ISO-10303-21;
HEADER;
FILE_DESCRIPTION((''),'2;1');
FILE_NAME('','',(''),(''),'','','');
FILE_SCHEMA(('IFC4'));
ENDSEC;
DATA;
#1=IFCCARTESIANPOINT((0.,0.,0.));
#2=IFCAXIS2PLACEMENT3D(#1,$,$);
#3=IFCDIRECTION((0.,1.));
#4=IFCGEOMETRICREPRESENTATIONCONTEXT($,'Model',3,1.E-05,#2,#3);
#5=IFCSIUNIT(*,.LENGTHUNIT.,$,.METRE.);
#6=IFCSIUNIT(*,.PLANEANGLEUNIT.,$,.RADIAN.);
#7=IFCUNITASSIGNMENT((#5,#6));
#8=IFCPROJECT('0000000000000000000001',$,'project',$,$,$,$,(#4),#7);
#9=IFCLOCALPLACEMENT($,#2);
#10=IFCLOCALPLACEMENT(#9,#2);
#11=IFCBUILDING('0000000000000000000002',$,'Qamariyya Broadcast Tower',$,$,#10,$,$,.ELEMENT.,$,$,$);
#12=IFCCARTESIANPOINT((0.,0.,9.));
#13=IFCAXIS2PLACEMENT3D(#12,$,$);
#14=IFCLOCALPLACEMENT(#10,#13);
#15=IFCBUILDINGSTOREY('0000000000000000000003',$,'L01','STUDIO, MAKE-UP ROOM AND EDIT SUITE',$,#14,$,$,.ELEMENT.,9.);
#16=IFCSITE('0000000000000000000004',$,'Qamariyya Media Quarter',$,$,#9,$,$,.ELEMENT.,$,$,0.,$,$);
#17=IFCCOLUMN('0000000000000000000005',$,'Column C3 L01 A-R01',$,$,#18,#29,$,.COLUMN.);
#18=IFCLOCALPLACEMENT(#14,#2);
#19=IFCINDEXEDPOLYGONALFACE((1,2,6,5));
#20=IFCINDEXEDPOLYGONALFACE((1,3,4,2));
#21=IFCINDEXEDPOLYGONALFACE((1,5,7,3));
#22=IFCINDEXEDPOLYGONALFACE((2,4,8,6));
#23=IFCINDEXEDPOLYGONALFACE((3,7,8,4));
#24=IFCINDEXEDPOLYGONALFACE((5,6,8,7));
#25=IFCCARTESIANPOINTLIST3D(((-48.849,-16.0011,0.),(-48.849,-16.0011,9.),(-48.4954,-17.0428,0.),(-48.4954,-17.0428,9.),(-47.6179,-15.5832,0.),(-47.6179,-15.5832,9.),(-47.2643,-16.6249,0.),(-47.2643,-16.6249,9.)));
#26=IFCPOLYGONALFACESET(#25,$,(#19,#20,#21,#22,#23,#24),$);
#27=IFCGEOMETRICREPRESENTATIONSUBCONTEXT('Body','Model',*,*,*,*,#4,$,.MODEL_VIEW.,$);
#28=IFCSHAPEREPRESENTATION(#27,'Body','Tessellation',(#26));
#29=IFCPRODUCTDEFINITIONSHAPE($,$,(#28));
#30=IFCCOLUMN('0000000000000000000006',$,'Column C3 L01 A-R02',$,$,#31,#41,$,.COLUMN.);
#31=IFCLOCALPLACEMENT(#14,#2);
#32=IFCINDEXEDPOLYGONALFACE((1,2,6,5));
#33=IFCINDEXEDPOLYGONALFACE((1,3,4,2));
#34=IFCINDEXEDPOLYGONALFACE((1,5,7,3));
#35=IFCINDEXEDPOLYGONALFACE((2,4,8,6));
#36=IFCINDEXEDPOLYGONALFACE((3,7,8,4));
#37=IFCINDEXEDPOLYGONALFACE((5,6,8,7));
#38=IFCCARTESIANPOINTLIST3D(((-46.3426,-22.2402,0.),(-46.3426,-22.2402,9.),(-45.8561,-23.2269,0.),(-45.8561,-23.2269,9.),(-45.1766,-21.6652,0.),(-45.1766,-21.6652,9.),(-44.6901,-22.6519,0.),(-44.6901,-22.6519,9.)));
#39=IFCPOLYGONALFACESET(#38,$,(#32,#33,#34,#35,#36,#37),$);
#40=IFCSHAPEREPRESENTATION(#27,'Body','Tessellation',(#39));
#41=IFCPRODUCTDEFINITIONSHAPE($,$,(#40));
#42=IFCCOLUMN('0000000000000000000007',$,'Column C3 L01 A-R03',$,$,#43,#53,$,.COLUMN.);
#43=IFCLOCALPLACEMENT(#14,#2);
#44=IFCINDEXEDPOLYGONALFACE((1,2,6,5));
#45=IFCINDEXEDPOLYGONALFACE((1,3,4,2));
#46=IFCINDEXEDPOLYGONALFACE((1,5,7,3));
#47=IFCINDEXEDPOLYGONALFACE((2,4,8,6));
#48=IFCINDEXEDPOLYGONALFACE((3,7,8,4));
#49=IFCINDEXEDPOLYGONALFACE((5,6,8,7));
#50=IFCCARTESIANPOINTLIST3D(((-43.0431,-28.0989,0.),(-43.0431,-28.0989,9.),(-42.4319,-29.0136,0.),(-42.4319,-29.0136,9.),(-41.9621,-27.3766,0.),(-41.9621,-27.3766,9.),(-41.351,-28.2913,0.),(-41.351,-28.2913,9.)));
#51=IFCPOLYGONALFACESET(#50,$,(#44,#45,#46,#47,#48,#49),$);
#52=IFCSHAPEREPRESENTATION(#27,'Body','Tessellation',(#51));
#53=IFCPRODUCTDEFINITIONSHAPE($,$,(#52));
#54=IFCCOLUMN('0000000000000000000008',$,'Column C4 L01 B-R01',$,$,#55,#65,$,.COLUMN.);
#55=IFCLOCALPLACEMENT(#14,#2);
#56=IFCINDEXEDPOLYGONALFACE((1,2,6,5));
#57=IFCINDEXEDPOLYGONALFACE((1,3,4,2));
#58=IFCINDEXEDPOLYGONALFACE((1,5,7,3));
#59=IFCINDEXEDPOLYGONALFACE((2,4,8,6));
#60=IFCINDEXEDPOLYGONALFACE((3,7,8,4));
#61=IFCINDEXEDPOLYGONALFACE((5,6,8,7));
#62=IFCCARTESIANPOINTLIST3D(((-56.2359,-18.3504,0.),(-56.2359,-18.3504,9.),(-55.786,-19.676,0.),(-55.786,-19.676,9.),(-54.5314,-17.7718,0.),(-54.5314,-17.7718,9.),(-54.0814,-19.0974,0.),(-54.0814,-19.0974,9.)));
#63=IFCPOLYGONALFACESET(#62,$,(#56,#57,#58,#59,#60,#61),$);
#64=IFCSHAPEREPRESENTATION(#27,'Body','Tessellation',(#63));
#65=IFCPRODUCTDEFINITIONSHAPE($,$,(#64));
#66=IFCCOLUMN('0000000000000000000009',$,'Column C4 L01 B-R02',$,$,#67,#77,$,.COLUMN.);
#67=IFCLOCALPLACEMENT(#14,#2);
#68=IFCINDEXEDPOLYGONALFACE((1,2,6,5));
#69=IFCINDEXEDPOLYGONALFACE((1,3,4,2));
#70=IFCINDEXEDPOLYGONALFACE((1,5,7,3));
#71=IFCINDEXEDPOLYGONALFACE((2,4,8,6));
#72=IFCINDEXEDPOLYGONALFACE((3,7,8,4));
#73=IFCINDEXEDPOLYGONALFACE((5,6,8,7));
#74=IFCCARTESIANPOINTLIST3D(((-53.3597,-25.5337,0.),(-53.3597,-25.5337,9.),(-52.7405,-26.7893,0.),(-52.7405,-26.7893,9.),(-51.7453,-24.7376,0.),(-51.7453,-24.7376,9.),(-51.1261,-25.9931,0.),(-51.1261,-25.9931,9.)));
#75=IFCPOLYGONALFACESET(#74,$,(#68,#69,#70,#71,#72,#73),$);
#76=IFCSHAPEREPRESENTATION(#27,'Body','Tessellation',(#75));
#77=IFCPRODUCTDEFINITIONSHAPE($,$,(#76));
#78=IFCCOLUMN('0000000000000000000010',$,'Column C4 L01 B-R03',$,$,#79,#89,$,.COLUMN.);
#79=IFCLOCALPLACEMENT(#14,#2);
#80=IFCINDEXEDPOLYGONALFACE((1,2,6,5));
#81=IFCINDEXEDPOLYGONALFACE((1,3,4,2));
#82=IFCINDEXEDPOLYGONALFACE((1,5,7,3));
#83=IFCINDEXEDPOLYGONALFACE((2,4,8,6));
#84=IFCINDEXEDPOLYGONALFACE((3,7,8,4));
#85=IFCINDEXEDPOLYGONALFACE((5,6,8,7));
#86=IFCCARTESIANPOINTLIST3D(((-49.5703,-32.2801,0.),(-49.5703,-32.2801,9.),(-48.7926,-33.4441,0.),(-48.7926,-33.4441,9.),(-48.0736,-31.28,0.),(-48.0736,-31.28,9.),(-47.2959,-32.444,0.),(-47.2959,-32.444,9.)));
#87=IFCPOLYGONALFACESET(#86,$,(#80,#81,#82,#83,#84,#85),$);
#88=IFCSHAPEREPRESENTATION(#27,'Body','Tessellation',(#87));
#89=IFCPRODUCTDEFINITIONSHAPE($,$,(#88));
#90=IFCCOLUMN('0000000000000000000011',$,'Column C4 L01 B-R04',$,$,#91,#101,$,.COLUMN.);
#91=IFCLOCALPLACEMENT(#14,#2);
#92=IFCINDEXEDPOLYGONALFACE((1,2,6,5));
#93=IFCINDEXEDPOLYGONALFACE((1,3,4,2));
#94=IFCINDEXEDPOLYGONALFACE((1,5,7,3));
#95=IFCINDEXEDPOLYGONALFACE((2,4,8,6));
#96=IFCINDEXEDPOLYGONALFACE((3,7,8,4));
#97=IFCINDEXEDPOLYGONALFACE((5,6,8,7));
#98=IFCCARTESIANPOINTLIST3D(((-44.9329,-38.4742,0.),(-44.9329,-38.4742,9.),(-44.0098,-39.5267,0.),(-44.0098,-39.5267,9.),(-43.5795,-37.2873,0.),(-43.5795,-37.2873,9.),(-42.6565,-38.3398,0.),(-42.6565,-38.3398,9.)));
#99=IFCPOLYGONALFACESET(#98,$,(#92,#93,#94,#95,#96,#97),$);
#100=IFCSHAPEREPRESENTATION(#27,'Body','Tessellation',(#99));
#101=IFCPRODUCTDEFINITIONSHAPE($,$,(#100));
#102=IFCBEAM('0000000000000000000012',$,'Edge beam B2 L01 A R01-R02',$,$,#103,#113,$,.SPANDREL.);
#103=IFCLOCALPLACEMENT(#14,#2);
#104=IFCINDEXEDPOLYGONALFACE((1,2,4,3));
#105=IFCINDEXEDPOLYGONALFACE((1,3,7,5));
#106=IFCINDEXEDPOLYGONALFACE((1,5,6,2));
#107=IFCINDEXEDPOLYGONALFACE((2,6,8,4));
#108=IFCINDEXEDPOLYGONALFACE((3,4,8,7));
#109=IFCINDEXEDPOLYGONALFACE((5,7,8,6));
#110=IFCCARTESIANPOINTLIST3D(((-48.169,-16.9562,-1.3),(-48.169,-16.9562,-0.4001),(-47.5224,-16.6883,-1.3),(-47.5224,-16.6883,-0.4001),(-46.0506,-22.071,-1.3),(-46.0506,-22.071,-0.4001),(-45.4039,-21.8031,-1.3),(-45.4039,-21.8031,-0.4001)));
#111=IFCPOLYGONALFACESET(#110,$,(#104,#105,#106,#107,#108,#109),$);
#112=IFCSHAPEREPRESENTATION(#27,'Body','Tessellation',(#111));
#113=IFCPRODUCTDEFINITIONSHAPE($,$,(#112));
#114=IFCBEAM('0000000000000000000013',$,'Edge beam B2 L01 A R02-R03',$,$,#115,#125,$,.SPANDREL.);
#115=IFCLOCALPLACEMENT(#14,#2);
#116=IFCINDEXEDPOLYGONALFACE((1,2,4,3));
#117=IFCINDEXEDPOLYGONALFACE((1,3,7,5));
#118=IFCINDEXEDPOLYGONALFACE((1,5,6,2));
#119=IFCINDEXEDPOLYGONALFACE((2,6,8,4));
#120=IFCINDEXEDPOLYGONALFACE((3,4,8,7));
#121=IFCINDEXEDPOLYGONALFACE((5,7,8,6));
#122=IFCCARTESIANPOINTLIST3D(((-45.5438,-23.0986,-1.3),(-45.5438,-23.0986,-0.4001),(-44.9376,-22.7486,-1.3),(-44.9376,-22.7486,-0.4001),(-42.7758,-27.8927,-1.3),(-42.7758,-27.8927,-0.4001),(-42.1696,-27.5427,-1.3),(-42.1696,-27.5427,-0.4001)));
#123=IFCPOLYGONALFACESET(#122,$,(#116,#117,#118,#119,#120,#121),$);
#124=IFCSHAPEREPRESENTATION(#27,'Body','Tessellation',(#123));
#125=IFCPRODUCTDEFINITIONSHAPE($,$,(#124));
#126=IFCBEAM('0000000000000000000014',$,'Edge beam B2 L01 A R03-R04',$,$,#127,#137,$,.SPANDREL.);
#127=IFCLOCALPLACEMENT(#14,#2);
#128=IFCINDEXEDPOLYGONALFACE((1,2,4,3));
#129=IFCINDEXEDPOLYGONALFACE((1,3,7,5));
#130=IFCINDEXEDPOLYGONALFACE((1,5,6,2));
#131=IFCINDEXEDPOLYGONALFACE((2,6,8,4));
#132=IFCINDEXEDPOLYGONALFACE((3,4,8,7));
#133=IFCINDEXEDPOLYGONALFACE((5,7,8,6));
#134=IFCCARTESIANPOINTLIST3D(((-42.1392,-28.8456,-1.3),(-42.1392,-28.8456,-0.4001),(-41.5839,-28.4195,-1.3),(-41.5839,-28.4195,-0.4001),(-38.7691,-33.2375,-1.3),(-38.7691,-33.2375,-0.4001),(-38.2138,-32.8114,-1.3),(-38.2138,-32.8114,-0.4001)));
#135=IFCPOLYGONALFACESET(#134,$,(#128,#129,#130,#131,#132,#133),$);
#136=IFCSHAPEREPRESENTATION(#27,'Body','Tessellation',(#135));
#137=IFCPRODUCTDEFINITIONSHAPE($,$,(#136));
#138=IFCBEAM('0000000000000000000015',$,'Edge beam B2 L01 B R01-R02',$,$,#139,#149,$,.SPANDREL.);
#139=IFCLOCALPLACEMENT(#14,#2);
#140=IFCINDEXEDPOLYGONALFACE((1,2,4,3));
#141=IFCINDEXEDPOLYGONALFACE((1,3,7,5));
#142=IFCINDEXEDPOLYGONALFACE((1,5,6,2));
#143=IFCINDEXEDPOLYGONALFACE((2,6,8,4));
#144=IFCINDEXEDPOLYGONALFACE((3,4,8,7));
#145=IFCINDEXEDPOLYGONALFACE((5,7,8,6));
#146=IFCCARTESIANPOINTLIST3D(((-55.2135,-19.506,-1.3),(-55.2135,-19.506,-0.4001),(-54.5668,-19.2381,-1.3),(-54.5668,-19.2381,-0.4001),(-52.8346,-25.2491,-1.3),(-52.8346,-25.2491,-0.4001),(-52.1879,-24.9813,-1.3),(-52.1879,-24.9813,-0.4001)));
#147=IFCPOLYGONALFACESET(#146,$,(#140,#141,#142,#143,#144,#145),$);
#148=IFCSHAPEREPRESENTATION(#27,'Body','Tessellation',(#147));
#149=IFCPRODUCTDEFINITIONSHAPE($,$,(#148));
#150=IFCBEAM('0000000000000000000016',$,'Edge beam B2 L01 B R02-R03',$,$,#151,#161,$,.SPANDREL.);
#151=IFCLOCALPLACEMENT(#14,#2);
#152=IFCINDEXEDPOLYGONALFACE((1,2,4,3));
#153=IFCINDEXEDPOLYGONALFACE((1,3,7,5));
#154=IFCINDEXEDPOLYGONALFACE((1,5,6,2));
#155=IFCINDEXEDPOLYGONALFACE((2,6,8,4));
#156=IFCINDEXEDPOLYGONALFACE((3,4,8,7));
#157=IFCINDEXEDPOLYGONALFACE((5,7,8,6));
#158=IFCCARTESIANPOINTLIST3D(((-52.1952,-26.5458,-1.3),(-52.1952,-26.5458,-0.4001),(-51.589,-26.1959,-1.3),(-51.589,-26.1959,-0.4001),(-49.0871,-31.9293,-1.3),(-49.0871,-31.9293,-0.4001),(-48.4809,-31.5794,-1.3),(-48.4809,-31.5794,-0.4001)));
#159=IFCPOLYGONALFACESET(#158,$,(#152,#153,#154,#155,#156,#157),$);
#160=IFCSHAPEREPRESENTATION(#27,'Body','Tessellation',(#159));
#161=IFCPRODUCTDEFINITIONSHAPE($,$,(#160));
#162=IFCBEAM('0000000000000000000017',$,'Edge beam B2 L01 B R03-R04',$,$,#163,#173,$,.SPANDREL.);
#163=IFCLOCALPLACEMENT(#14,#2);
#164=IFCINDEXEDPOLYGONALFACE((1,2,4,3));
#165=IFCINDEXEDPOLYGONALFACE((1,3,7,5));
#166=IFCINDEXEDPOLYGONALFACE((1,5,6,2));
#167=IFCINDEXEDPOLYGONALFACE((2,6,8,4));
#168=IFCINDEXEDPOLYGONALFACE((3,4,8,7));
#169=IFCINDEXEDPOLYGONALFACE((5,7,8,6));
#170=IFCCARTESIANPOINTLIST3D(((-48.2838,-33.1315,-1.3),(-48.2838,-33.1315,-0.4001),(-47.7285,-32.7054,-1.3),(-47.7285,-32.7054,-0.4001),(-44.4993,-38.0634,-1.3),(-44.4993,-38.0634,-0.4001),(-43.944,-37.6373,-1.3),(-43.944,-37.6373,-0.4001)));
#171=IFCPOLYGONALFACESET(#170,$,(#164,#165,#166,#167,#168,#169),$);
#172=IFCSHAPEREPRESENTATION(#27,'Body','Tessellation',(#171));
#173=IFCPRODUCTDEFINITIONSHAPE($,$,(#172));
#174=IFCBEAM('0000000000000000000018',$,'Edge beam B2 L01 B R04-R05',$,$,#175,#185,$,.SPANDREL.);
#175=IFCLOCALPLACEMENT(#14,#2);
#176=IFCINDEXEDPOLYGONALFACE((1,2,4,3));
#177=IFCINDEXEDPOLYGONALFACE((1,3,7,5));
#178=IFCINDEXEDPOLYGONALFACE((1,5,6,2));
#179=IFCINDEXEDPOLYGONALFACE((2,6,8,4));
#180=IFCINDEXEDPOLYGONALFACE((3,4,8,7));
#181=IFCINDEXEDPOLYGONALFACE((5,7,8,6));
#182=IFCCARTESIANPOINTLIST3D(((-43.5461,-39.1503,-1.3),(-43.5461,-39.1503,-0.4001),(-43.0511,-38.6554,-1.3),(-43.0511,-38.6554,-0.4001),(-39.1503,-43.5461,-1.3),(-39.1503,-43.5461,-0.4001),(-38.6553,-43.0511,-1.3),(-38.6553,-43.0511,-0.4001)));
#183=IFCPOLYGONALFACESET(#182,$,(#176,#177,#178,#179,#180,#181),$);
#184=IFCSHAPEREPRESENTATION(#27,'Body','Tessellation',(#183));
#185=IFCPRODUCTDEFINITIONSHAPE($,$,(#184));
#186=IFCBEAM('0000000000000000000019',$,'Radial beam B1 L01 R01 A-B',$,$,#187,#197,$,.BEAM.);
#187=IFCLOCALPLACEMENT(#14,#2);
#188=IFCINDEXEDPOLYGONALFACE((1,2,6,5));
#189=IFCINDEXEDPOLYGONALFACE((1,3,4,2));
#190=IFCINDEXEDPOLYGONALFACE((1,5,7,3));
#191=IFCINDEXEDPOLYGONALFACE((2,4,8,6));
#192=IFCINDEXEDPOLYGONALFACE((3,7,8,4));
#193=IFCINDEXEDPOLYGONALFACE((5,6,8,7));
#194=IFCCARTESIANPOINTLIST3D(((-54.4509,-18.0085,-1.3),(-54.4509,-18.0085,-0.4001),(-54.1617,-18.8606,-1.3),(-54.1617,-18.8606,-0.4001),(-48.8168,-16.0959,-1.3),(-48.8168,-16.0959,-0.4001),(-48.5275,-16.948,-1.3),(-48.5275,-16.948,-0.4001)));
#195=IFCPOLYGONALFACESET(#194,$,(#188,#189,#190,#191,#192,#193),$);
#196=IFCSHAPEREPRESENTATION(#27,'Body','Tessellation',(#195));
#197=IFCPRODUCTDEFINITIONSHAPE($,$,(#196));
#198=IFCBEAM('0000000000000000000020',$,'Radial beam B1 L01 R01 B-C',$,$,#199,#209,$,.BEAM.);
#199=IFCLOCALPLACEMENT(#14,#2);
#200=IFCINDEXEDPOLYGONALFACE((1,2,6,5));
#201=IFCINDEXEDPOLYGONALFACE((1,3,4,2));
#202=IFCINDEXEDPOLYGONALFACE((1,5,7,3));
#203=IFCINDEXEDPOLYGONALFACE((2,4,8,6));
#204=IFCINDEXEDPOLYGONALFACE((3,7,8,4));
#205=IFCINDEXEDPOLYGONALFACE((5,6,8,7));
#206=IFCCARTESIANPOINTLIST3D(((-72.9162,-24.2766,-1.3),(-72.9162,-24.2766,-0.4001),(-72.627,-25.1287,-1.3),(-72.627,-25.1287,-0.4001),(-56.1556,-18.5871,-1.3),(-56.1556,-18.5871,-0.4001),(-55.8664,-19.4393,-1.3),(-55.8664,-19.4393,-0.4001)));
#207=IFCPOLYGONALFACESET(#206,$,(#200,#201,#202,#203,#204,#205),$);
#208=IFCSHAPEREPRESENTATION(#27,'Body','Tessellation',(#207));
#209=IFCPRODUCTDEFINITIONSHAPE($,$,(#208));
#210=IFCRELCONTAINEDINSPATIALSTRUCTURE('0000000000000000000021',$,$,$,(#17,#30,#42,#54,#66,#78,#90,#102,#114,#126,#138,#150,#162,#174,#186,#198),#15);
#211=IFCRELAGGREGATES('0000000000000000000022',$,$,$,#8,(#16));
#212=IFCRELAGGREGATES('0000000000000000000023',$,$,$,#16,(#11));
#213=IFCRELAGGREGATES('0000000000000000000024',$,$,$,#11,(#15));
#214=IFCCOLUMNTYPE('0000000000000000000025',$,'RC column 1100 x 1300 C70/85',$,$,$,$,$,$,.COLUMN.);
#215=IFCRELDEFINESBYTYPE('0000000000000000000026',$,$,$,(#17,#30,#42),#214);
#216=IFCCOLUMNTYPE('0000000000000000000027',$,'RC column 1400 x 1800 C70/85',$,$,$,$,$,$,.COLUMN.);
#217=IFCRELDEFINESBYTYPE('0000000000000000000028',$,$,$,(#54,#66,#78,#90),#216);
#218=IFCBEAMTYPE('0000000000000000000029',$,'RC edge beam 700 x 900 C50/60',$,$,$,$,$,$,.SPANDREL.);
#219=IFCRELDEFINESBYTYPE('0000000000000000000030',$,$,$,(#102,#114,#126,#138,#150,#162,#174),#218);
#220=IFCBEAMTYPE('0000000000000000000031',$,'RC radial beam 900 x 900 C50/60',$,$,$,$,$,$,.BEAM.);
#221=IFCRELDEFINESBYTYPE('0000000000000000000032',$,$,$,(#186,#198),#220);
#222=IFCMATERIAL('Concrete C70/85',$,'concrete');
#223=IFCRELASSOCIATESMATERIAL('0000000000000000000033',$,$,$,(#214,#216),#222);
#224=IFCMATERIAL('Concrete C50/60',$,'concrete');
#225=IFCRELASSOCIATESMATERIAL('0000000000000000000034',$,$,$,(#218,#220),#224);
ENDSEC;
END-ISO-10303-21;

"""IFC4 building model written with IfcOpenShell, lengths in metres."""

from ifc_helpers import new_model, si_unit, direction, frame, origin, origin_2d, place, context, subcontext, project, spatial, rectangle, extrude, material, material_profile, profile_set, type_object, element, save


model = new_model("IFC4")

# Units and contexts
model_context = context("Model", 3, precision=1e-05, world=origin(), true_north=direction((0.0, 1.0)))
body_context = subcontext(model_context, "Body", "Model", "MODEL_VIEW")
ifc_project = project(units=[si_unit("LENGTHUNIT", "METRE"), si_unit("PLANEANGLEUNIT", "RADIAN")], contexts=[model_context])

# Site, building, storey
site_placement = place(None, origin())
site = spatial("IfcSite", under=ifc_project, at=site_placement, Name="Qamariyya Media Quarter", CompositionType="ELEMENT", RefElevation=0.0)
building_placement = place(site_placement, origin())
building = spatial("IfcBuilding", under=site, at=building_placement, Name="Qamariyya Broadcast Tower", CompositionType="ELEMENT")
storey_placement = place(building_placement, frame((0.0, 0.0, 9.0)))
storey = spatial("IfcBuildingStorey", under=building, at=storey_placement, Name="L01", Description="STUDIO, MAKE-UP ROOM AND EDIT SUITE", CompositionType="ELEMENT", Elevation=9.0)

# Columns
ifc_material_1 = material(Name="Concrete C70/85", Category="concrete")
ifc_material_profile_1 = material_profile(ifc_material_1, rectangle(XDim=1.1001, YDim=1.3, at=origin_2d()))
ifc_profile_set_1 = profile_set([ifc_material_profile_1], Name="Concrete C70/85")
column_type_1 = type_object("IfcColumnType", Name="RC column 1100 x 1300 C70/85", PredefinedType="COLUMN", material=ifc_profile_set_1)
for number, where, z_axis, x_axis, name in (
    (1, (-48.0566, -16.313, 0.0), (0.0, 0.0, 1.0), (0.321439, -0.94693, 0.0), "Column C3 L01 A-R01"),
    (2, (-45.5164, -22.446, 0.0), (0.0, 0.0, 1.0), (0.442289, -0.896873, 0.0), "Column C3 L01 A-R02"),
    (3, (-42.197, -28.1951, 0.0), (0.0, 0.0, 1.0), (0.55557, -0.83147, 0.0), "Column C3 L01 A-R03"),
):
    element("IfcColumn", number, at=place(storey_placement, frame(where, z_axis=z_axis, x_axis=x_axis)), inside=storey, type_object=column_type_1, Name=name, PredefinedType="COLUMN", context=body_context, shape_type="SweptSolid", body=[
        extrude(rectangle(XDim=1.1001, YDim=1.3, at=origin_2d()), origin(), (0.0, 0.0, 1.0), 9.0),
    ])
ifc_material_profile_2 = material_profile(ifc_material_1, rectangle(XDim=1.3999, YDim=1.8, at=origin_2d()))
ifc_profile_set_2 = profile_set([ifc_material_profile_2], Name="Concrete C70/85")
column_type_2 = type_object("IfcColumnType", Name="RC column 1400 x 1800 C70/85", PredefinedType="COLUMN", material=ifc_profile_set_2)
for number, where, z_axis, x_axis, name in (
    (4, (-55.1587, -18.7239, 0.0), (0.0, 0.0, 1.0), (0.321439, -0.94693, 0.0), "Column C4 L01 B-R01"),
    (5, (-52.2429, -25.7634, 0.0), (0.0, 0.0, 1.0), (0.442289, -0.896873, 0.0), "Column C4 L01 B-R02"),
    (6, (-48.4331, -32.3621, 0.0), (0.0, 0.0, 1.0), (0.55557, -0.83147, 0.0), "Column C4 L01 B-R03"),
    (7, (-43.7947, -38.407, 0.0), (0.0, 0.0, 1.0), (0.659346, -0.75184, 0.0), "Column C4 L01 B-R04"),
):
    element("IfcColumn", number, at=place(storey_placement, frame(where, z_axis=z_axis, x_axis=x_axis)), inside=storey, type_object=column_type_2, Name=name, PredefinedType="COLUMN", context=body_context, shape_type="SweptSolid", body=[
        extrude(rectangle(XDim=1.3999, YDim=1.8, at=origin_2d()), origin(), (0.0, 0.0, 1.0), 9.0),
    ])

# Beams
ifc_material_2 = material(Name="Concrete C50/60", Category="concrete")
ifc_material_profile_3 = material_profile(ifc_material_2, rectangle(XDim=0.7, YDim=0.8999, at=origin_2d()))
ifc_profile_set_3 = profile_set([ifc_material_profile_3], Name="Concrete C50/60")
beam_type_1 = type_object("IfcBeamType", Name="RC edge beam 700 x 900 C50/60", PredefinedType="SPANDREL", material=ifc_profile_set_3)
beam_1_placement = place(storey_placement, frame((-47.8457, -16.8223, -0.8501), z_axis=(0.382654, -0.923892, 0.0), x_axis=(0.923892, 0.382654, 0.0)))
element("IfcBeam", 8, at=beam_1_placement, inside=storey, type_object=beam_type_1, Name="Edge beam B2 L01 A R01-R02", PredefinedType="SPANDREL", context=body_context, shape_type="SweptSolid", body=[
    extrude(rectangle(XDim=0.7, YDim=0.8999, at=origin_2d()), origin(), (0.0, 0.0, 1.0), 5.5361),
])
for number, where, z_axis, x_axis, name in (
    (9, (-45.2407, -22.9236, -0.8501), (0.500019, -0.866014, 0.0), (0.866014, 0.500019, 0.0), "Edge beam B2 L01 A R02-R03"),
    (10, (-41.8616, -28.6326, -0.8501), (0.608777, -0.793342, 0.0), (0.793342, 0.608777, 0.0), "Edge beam B2 L01 A R03-R04"),
):
    element("IfcBeam", number, at=place(storey_placement, frame(where, z_axis=z_axis, x_axis=x_axis)), inside=storey, type_object=beam_type_1, Name=name, PredefinedType="SPANDREL", context=body_context, shape_type="SweptSolid", body=[
        extrude(rectangle(XDim=0.7, YDim=0.8999, at=origin_2d()), origin(), (0.0, 0.0, 1.0), 5.5359),
    ])
for number, where, z_axis, x_axis, name in (
    (11, (-54.8901, -19.3721, -0.8501), (0.382685, -0.923879, 0.0), (0.923879, 0.382685, 0.0), "Edge beam B2 L01 B R01-R02"),
    (12, (-51.8921, -26.3708, -0.8501), (0.499996, -0.866028, 0.0), (0.866028, 0.499996, 0.0), "Edge beam B2 L01 B R02-R03"),
):
    element("IfcBeam", number, at=place(storey_placement, frame(where, z_axis=z_axis, x_axis=x_axis)), inside=storey, type_object=beam_type_1, Name=name, PredefinedType="SPANDREL", context=body_context, shape_type="SweptSolid", body=[
        extrude(rectangle(XDim=0.7, YDim=0.8999, at=origin_2d()), origin(), (0.0, 0.0, 1.0), 6.2163),
    ])
for number, where, z_axis, x_axis, name in (
    (13, (-48.0061, -32.9185, -0.8501), (0.608767, -0.793349, 0.0), (0.793349, 0.608767, 0.0), "Edge beam B2 L01 B R03-R04"),
    (14, (-43.2986, -38.9028, -0.8501), (0.707107, -0.707107, 0.0), (0.707107, 0.707107, 0.0), "Edge beam B2 L01 B R04-R05"),
):
    element("IfcBeam", number, at=place(storey_placement, frame(where, z_axis=z_axis, x_axis=x_axis)), inside=storey, type_object=beam_type_1, Name=name, PredefinedType="SPANDREL", context=body_context, shape_type="SweptSolid", body=[
        extrude(rectangle(XDim=0.7, YDim=0.8999, at=origin_2d()), origin(), (0.0, 0.0, 1.0), 6.2166),
    ])
ifc_material_profile_4 = material_profile(ifc_material_2, rectangle(XDim=0.8999, YDim=0.8999, at=origin_2d()))
ifc_profile_set_4 = profile_set([ifc_material_profile_4], Name="Concrete C50/60")
beam_type_2 = type_object("IfcBeamType", Name="RC radial beam 900 x 900 C50/60", PredefinedType="BEAM", material=ifc_profile_set_4)
beam_2_placement = place(storey_placement, frame((-48.6721, -16.522, -0.8501), z_axis=(-0.946929, -0.321442, 0.0), x_axis=(0.321442, -0.946929, 0.0)))
element("IfcBeam", 15, at=beam_2_placement, inside=storey, type_object=beam_type_2, Name="Radial beam B1 L01 R01 A-B", PredefinedType="BEAM", context=body_context, shape_type="SweptSolid", body=[
    extrude(rectangle(XDim=0.8999, YDim=0.8999, at=origin_2d()), origin(), (0.0, 0.0, 1.0), 5.95),
])
beam_3_placement = place(storey_placement, frame((-56.011, -19.0132, -0.8501), z_axis=(-0.94693, -0.321441, 0.0), x_axis=(0.321441, -0.94693, 0.0)))
element("IfcBeam", 16, at=beam_3_placement, inside=storey, type_object=beam_type_2, Name="Radial beam B1 L01 R01 B-C", PredefinedType="BEAM", context=body_context, shape_type="SweptSolid", body=[
    extrude(rectangle(XDim=0.8999, YDim=0.8999, at=origin_2d()), origin(), (0.0, 0.0, 1.0), 17.7),
])

save(model, "model.ifc")
